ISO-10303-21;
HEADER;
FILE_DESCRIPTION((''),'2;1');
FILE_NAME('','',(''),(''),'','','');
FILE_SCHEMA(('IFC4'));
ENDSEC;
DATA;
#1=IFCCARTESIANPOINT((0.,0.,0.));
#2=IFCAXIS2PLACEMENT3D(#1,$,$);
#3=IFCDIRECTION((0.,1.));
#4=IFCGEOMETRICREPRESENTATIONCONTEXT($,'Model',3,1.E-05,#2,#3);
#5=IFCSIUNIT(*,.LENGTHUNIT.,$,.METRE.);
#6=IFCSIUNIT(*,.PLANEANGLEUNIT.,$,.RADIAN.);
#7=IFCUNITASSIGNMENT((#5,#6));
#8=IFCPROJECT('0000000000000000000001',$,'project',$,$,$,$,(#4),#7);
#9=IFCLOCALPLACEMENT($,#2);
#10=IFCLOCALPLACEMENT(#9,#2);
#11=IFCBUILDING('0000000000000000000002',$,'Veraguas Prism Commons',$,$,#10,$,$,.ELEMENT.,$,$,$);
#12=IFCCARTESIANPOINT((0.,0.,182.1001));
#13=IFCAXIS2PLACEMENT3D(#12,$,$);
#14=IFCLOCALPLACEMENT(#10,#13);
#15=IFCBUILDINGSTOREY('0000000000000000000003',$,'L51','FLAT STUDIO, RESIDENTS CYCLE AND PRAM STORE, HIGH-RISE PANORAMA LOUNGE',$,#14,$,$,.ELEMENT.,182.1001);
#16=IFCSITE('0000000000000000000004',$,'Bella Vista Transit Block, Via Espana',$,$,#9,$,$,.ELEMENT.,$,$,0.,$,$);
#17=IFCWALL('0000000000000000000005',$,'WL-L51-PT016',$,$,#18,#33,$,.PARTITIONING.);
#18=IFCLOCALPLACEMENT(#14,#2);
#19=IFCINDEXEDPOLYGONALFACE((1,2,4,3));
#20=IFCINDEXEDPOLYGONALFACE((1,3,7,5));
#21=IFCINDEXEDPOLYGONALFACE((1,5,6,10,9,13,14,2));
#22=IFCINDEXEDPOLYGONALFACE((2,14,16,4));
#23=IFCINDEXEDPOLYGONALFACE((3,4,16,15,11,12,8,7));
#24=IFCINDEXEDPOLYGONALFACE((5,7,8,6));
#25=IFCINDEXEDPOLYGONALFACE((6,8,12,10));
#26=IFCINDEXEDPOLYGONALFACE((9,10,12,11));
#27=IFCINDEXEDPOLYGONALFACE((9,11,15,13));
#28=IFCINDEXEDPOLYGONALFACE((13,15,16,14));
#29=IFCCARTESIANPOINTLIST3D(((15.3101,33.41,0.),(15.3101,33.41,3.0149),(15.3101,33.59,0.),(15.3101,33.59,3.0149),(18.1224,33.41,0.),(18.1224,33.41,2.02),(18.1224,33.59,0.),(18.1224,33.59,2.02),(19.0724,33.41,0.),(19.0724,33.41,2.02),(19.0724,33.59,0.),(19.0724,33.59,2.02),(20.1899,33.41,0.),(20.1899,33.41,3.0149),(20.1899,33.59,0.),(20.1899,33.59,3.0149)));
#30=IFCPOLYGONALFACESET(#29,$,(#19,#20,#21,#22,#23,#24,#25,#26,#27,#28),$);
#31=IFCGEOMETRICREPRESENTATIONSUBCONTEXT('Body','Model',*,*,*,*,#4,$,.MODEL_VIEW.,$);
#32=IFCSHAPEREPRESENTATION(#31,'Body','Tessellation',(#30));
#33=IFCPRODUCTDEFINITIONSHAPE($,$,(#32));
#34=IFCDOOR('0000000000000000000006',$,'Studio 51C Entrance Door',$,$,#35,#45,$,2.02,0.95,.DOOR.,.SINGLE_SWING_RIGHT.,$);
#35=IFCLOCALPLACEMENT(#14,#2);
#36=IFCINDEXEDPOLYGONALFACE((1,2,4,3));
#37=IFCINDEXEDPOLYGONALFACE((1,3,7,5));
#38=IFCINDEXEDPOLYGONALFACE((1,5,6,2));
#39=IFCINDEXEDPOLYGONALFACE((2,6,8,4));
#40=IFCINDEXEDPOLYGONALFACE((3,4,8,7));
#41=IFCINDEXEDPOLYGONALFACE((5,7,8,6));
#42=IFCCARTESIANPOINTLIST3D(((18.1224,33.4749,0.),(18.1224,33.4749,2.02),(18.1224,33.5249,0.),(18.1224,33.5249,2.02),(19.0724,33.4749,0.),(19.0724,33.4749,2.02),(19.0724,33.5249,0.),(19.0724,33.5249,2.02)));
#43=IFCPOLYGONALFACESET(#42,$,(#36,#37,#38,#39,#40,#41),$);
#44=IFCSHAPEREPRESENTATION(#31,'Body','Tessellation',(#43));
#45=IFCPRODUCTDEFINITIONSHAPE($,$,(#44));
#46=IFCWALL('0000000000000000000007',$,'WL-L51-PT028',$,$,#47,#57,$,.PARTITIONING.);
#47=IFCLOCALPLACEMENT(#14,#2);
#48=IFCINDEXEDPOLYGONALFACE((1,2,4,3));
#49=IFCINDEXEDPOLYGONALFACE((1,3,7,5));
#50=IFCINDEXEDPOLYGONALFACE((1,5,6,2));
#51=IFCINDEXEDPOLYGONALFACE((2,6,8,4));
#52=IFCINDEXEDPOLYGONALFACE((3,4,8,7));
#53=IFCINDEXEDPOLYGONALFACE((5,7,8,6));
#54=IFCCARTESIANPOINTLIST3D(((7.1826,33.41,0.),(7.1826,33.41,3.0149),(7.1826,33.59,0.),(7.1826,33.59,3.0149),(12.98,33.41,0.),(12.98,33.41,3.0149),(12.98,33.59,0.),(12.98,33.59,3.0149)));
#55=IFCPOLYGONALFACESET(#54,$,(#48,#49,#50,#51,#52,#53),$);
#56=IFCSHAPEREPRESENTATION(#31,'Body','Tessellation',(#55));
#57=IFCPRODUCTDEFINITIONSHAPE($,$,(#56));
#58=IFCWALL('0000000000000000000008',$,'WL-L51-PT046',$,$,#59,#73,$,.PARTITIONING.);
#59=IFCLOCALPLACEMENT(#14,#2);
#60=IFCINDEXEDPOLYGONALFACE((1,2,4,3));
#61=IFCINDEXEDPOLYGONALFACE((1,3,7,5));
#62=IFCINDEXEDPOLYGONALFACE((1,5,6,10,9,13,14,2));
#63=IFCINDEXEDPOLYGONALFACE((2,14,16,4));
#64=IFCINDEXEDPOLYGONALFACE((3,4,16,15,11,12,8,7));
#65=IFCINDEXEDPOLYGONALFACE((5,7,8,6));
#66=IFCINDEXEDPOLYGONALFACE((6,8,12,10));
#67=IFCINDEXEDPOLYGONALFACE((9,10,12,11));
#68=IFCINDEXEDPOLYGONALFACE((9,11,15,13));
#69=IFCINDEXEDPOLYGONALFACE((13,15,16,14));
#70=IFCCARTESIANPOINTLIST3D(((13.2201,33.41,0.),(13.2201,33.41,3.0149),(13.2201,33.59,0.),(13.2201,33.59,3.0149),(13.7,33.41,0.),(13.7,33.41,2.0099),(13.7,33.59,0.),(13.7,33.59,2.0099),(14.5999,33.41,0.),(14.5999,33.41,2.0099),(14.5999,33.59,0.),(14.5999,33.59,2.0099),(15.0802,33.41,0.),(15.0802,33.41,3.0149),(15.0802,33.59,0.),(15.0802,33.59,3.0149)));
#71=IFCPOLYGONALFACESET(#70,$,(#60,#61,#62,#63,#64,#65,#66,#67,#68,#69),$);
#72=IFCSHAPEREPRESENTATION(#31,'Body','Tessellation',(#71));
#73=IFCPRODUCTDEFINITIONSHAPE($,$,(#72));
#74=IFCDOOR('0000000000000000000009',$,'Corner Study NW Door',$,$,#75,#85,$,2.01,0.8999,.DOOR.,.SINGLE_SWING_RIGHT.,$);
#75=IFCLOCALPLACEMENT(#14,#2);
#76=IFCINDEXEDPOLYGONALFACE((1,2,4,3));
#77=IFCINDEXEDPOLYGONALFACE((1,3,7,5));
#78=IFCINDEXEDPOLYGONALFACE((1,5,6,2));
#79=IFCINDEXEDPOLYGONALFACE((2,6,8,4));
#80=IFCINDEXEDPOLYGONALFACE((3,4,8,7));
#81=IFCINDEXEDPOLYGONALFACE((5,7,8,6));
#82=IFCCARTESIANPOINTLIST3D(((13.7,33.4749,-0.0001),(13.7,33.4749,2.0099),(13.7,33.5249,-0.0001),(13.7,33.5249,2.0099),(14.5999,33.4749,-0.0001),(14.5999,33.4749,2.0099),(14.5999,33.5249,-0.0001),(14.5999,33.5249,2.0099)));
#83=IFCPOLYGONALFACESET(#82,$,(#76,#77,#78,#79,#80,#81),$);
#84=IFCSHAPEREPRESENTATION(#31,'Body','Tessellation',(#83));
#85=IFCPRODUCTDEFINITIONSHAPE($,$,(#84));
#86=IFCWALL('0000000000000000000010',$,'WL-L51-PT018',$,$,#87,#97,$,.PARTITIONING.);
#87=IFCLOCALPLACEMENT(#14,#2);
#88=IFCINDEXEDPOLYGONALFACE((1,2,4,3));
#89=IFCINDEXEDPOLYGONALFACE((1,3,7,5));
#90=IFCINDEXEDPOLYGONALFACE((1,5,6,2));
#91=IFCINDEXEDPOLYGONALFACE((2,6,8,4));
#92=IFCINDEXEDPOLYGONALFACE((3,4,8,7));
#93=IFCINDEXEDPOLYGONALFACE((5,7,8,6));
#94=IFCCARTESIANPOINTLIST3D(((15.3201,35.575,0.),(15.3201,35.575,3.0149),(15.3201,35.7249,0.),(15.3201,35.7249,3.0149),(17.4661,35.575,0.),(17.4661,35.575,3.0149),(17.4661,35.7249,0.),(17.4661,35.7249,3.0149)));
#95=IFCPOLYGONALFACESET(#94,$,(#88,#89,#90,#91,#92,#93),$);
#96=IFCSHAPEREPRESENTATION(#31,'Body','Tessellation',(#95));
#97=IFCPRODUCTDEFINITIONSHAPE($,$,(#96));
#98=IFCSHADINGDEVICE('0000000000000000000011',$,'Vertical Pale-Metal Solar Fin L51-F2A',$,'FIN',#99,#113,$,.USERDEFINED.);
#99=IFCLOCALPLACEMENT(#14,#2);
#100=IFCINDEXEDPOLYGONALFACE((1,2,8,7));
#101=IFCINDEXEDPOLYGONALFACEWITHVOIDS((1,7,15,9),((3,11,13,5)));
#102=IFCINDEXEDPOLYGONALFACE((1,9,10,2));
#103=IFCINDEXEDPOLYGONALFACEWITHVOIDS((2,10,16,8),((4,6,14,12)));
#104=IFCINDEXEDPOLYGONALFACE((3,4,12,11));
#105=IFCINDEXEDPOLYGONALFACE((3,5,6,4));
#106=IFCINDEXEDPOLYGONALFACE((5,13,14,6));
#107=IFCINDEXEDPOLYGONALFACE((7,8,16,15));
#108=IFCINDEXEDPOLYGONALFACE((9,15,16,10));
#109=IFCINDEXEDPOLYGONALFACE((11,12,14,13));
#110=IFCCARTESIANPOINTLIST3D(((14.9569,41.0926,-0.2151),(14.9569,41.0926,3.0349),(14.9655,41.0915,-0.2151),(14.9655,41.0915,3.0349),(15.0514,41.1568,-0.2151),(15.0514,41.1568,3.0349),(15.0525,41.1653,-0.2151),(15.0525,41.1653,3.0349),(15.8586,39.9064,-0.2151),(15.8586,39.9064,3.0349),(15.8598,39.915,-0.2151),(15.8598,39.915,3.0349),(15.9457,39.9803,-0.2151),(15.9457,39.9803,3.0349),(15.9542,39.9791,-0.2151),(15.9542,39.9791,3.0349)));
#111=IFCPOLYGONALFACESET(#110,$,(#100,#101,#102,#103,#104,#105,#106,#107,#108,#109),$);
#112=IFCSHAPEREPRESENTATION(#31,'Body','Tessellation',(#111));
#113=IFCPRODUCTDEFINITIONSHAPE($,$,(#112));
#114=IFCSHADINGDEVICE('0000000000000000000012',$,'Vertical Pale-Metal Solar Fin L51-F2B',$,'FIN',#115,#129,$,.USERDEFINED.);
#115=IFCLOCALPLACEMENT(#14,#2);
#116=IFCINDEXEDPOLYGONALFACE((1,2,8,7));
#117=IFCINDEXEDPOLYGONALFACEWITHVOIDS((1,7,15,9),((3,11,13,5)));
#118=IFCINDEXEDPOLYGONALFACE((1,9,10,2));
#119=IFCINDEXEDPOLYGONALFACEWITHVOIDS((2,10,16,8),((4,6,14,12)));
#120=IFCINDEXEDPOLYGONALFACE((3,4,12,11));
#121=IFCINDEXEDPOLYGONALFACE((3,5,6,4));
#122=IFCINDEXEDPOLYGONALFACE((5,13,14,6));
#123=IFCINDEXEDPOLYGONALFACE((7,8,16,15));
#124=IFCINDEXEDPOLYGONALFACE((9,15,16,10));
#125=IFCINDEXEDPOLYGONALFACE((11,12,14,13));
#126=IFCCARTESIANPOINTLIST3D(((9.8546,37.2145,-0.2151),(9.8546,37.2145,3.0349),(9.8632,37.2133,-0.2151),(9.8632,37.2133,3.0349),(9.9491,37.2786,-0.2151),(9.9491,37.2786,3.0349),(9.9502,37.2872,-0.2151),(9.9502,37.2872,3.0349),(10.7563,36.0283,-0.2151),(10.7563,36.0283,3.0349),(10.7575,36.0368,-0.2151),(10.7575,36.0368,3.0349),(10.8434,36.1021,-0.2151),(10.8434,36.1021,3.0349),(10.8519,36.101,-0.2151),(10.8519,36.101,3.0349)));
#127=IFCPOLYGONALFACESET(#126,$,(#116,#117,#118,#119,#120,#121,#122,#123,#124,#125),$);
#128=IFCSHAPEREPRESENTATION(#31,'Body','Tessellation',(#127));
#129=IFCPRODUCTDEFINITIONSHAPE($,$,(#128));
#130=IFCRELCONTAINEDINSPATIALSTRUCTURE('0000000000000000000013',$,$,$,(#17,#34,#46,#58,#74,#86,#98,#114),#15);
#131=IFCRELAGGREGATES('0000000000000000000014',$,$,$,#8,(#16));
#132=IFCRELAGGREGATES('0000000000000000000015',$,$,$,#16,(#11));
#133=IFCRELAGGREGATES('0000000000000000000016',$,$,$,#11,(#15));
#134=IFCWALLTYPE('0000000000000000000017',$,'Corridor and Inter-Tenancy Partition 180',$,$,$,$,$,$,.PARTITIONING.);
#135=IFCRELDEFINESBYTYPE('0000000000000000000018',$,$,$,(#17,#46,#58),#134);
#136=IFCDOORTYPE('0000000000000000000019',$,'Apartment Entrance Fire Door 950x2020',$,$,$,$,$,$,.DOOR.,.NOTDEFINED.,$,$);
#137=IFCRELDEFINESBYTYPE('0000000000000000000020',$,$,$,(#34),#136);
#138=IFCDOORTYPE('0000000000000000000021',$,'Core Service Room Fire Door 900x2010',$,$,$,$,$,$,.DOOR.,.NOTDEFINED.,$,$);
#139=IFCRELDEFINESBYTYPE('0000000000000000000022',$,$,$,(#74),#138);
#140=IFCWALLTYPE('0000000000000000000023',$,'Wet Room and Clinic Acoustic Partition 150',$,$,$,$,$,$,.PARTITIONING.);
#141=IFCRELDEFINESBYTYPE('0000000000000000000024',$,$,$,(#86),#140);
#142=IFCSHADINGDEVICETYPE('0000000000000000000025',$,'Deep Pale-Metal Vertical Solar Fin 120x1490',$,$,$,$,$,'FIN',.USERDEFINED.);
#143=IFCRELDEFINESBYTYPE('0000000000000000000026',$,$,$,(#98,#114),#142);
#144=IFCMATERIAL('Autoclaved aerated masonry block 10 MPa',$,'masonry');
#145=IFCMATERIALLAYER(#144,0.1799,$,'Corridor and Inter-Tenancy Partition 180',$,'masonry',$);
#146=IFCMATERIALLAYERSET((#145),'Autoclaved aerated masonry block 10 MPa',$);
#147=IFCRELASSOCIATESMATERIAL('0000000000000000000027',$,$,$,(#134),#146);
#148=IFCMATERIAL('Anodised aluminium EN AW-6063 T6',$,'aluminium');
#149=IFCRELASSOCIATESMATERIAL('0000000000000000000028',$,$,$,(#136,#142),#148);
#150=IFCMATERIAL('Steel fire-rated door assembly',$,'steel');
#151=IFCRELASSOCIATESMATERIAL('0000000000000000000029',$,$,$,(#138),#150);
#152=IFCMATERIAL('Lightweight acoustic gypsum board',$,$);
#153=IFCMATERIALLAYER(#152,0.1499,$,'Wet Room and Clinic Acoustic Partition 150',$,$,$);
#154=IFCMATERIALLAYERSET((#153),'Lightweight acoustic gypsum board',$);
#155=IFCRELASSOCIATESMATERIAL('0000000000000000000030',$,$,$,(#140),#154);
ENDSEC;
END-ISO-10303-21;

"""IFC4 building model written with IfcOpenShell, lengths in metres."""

from ifc_helpers import new_model, si_unit, direction, frame, frame_2d, origin, origin_2d, place, context, subcontext, project, spatial, rectangle, hollow_rectangle, extrude, source, transform, mapped, material, layer, layer_set, material_profile, profile_set, type_object, element, fill, save


model = new_model("IFC4")

# Units and contexts
model_context = context("Model", 3, precision=1e-05, world=origin(), true_north=direction((0.0, 1.0)))
body_context = subcontext(model_context, "Body", "Model", "MODEL_VIEW")
ifc_project = project(units=[si_unit("LENGTHUNIT", "METRE"), si_unit("PLANEANGLEUNIT", "RADIAN")], contexts=[model_context])

# Site, building, storey
site_placement = place(None, origin())
site = spatial("IfcSite", under=ifc_project, at=site_placement, Name="Bella Vista Transit Block, Via Espana", CompositionType="ELEMENT", RefElevation=0.0)
building_placement = place(site_placement, origin())
building = spatial("IfcBuilding", under=site, at=building_placement, Name="Veraguas Prism Commons", CompositionType="ELEMENT")
storey_placement = place(building_placement, frame((0.0, 0.0, 182.1001)))
storey = spatial("IfcBuildingStorey", under=building, at=storey_placement, Name="L51", Description="FLAT STUDIO, RESIDENTS CYCLE AND PRAM STORE, HIGH-RISE PANORAMA LOUNGE", CompositionType="ELEMENT", Elevation=182.1001)

# Shared definitions
ifc_material_1 = material(Name="Anodised aluminium EN AW-6063 T6", Category="aluminium")

# Shared definitions
ifc_material_2 = material(Name="Autoclaved aerated masonry block 10 MPa", Category="masonry")
ifc_layer_1 = layer(ifc_material_2, 0.1799, Name="Corridor and Inter-Tenancy Partition 180", Category="masonry")
ifc_layer_set_1 = layer_set([ifc_layer_1], Name="Autoclaved aerated masonry block 10 MPa")
wall_type_1 = type_object("IfcWallType", Name="Corridor and Inter-Tenancy Partition 180", PredefinedType="PARTITIONING", material=ifc_layer_set_1)

# Wall, opening, door
wall_1_placement = place(storey_placement, frame((15.3101, 33.5, 0.0), z_axis=(0.0, 0.0, 1.0), x_axis=(1.0, 0.0, 0.0)))
wall_1 = element("IfcWall", 1, at=wall_1_placement, inside=storey, type_object=wall_type_1, Name="WL-L51-PT016", PredefinedType="PARTITIONING", context=body_context, shape_type="SweptSolid", body=[
    extrude(rectangle(XDim=4.8799, YDim=0.1799, at=frame_2d((2.4399, 0.0))), origin(), (0.0, 0.0, 1.0), 3.0149),
])
opening_1_placement = place(wall_1_placement, frame((2.8123, 0.0, 0.0)))
opening_1 = element("IfcOpeningElement", 2, at=opening_1_placement, cuts=wall_1, PredefinedType="OPENING", context=body_context, shape_type="SweptSolid", body=[
    extrude(rectangle(XDim=0.95, YDim=2.02, at=frame_2d((0.4751, 1.01))), frame((0.0, 0.0999, 0.0), z_axis=(0.0, -1.0, 0.0), x_axis=(1.0, 0.0, 0.0)), (0.0, 0.0, 1.0), 0.2),
])
door_type_1 = type_object("IfcDoorType", Name="Apartment Entrance Fire Door 950x2020", OperationType="NOTDEFINED", PredefinedType="DOOR", material=ifc_material_1)
shared_shape_1 = source(origin(), body_context, "Body", "SweptSolid", [
    extrude(rectangle(XDim=0.95, YDim=2.02, at=frame_2d((0.4751, 1.01))), frame((0.0, 0.0249, 0.0), z_axis=(0.0, -1.0, 0.0), x_axis=(1.0, 0.0, 0.0)), (0.0, 0.0, 1.0), 0.05),
])
door_1_placement = place(opening_1_placement, origin())
door_1 = element("IfcDoor", 3, at=door_1_placement, inside=storey, type_object=door_type_1, Name="Studio 51C Entrance Door", OperationType="SINGLE_SWING_RIGHT", OverallHeight=2.02, OverallWidth=0.95, PredefinedType="DOOR", context=body_context, shape_type="MappedRepresentation", body=[
    mapped(shared_shape_1, transform((0.0, 0.0, 0.0), scale=1.0)),
])
fill(opening_1, door_1)

# Wall
wall_2_placement = place(storey_placement, frame((12.98, 33.5, 0.0), z_axis=(0.0, 0.0, 1.0), x_axis=(-1.0, 0.0, 0.0)))
element("IfcWall", 4, at=wall_2_placement, inside=storey, type_object=wall_type_1, Name="WL-L51-PT028", PredefinedType="PARTITIONING", context=body_context, shape_type="SweptSolid", body=[
    extrude(rectangle(XDim=5.7974, YDim=0.1799, at=frame_2d((2.8987, 0.0))), origin(), (0.0, 0.0, 1.0), 3.0149),
])

# Wall, opening, door
wall_3_placement = place(storey_placement, frame((13.22, 33.5, 0.0), z_axis=(0.0, 0.0, 1.0), x_axis=(1.0, 0.0, 0.0)))
wall_3 = element("IfcWall", 5, at=wall_3_placement, inside=storey, type_object=wall_type_1, Name="WL-L51-PT046", PredefinedType="PARTITIONING", context=body_context, shape_type="SweptSolid", body=[
    extrude(rectangle(XDim=1.8601, YDim=0.1799, at=frame_2d((0.9302, 0.0))), origin(), (0.0, 0.0, 1.0), 3.0149),
])
opening_2_placement = place(wall_3_placement, frame((0.48, 0.0, 0.0)))
opening_2 = element("IfcOpeningElement", 6, at=opening_2_placement, cuts=wall_3, PredefinedType="OPENING", context=body_context, shape_type="SweptSolid", body=[
    extrude(rectangle(XDim=0.8999, YDim=2.01, at=frame_2d((0.45, 1.0049))), frame((0.0, 0.0999, 0.0), z_axis=(0.0, -1.0, 0.0), x_axis=(1.0, 0.0, 0.0)), (0.0, 0.0, 1.0), 0.2),
])
ifc_material_3 = material(Name="Steel fire-rated door assembly", Category="steel")
door_type_2 = type_object("IfcDoorType", Name="Core Service Room Fire Door 900x2010", OperationType="NOTDEFINED", PredefinedType="DOOR", material=ifc_material_3)
shared_shape_2 = source(origin(), body_context, "Body", "SweptSolid", [
    extrude(rectangle(XDim=0.8999, YDim=2.01, at=frame_2d((0.45, 1.0049))), frame((0.0, 0.0249, 0.0), z_axis=(0.0, -1.0, 0.0), x_axis=(1.0, 0.0, 0.0)), (0.0, 0.0, 1.0), 0.05),
])
door_2_placement = place(opening_2_placement, origin())
door_2 = element("IfcDoor", 7, at=door_2_placement, inside=storey, type_object=door_type_2, Name="Corner Study NW Door", OperationType="SINGLE_SWING_RIGHT", OverallHeight=2.01, OverallWidth=0.8999, PredefinedType="DOOR", context=body_context, shape_type="MappedRepresentation", body=[
    mapped(shared_shape_2, transform((0.0, 0.0, 0.0), scale=1.0)),
])
fill(opening_2, door_2)

# Wall
ifc_material_4 = material(Name="Lightweight acoustic gypsum board")
ifc_layer_2 = layer(ifc_material_4, 0.1499, Name="Wet Room and Clinic Acoustic Partition 150")
ifc_layer_set_2 = layer_set([ifc_layer_2], Name="Lightweight acoustic gypsum board")
wall_type_2 = type_object("IfcWallType", Name="Wet Room and Clinic Acoustic Partition 150", PredefinedType="PARTITIONING", material=ifc_layer_set_2)
wall_4_placement = place(storey_placement, frame((15.3201, 35.6499, 0.0), z_axis=(0.0, 0.0, 1.0), x_axis=(1.0, 0.0, 0.0)))
element("IfcWall", 8, at=wall_4_placement, inside=storey, type_object=wall_type_2, Name="WL-L51-PT018", PredefinedType="PARTITIONING", context=body_context, shape_type="SweptSolid", body=[
    extrude(rectangle(XDim=2.146, YDim=0.1499, at=frame_2d((1.073, 0.0))), origin(), (0.0, 0.0, 1.0), 3.0149),
])

# Shading devices
ifc_material_profile_1 = material_profile(ifc_material_1, hollow_rectangle(XDim=0.1201, YDim=1.49, WallThickness=0.0061, at=origin_2d()), Name="FIN120X1490X6")
ifc_profile_set_1 = profile_set([ifc_material_profile_1], Name="Anodised aluminium EN AW-6063 T6")
shading_device_type = type_object("IfcShadingDeviceType", Name="Deep Pale-Metal Vertical Solar Fin 120x1490", ElementType="FIN", PredefinedType="USERDEFINED", material=ifc_profile_set_1)
for number, where, z_axis, x_axis, name in (
    (9, (15.4556, 40.5359, -0.2151), (0.0, 0.0, 1.0), (-0.796107, -0.605156, 0.0), "Vertical Pale-Metal Solar Fin L51-F2A"),
    (10, (10.3533, 36.6577, -0.2151), (0.0, 0.0, 1.0), (-0.796107, -0.605156, 0.0), "Vertical Pale-Metal Solar Fin L51-F2B"),
):
    element("IfcShadingDevice", number, at=place(storey_placement, frame(where, z_axis=z_axis, x_axis=x_axis)), inside=storey, type_object=shading_device_type, Name=name, ObjectType="FIN", PredefinedType="USERDEFINED", context=body_context, shape_type="SweptSolid", body=[
        extrude(hollow_rectangle(XDim=0.1201, YDim=1.49, WallThickness=0.0061, at=origin_2d()), origin(), (0.0, 0.0, 1.0), 3.25),
    ])

save(model, "model.ifc")
